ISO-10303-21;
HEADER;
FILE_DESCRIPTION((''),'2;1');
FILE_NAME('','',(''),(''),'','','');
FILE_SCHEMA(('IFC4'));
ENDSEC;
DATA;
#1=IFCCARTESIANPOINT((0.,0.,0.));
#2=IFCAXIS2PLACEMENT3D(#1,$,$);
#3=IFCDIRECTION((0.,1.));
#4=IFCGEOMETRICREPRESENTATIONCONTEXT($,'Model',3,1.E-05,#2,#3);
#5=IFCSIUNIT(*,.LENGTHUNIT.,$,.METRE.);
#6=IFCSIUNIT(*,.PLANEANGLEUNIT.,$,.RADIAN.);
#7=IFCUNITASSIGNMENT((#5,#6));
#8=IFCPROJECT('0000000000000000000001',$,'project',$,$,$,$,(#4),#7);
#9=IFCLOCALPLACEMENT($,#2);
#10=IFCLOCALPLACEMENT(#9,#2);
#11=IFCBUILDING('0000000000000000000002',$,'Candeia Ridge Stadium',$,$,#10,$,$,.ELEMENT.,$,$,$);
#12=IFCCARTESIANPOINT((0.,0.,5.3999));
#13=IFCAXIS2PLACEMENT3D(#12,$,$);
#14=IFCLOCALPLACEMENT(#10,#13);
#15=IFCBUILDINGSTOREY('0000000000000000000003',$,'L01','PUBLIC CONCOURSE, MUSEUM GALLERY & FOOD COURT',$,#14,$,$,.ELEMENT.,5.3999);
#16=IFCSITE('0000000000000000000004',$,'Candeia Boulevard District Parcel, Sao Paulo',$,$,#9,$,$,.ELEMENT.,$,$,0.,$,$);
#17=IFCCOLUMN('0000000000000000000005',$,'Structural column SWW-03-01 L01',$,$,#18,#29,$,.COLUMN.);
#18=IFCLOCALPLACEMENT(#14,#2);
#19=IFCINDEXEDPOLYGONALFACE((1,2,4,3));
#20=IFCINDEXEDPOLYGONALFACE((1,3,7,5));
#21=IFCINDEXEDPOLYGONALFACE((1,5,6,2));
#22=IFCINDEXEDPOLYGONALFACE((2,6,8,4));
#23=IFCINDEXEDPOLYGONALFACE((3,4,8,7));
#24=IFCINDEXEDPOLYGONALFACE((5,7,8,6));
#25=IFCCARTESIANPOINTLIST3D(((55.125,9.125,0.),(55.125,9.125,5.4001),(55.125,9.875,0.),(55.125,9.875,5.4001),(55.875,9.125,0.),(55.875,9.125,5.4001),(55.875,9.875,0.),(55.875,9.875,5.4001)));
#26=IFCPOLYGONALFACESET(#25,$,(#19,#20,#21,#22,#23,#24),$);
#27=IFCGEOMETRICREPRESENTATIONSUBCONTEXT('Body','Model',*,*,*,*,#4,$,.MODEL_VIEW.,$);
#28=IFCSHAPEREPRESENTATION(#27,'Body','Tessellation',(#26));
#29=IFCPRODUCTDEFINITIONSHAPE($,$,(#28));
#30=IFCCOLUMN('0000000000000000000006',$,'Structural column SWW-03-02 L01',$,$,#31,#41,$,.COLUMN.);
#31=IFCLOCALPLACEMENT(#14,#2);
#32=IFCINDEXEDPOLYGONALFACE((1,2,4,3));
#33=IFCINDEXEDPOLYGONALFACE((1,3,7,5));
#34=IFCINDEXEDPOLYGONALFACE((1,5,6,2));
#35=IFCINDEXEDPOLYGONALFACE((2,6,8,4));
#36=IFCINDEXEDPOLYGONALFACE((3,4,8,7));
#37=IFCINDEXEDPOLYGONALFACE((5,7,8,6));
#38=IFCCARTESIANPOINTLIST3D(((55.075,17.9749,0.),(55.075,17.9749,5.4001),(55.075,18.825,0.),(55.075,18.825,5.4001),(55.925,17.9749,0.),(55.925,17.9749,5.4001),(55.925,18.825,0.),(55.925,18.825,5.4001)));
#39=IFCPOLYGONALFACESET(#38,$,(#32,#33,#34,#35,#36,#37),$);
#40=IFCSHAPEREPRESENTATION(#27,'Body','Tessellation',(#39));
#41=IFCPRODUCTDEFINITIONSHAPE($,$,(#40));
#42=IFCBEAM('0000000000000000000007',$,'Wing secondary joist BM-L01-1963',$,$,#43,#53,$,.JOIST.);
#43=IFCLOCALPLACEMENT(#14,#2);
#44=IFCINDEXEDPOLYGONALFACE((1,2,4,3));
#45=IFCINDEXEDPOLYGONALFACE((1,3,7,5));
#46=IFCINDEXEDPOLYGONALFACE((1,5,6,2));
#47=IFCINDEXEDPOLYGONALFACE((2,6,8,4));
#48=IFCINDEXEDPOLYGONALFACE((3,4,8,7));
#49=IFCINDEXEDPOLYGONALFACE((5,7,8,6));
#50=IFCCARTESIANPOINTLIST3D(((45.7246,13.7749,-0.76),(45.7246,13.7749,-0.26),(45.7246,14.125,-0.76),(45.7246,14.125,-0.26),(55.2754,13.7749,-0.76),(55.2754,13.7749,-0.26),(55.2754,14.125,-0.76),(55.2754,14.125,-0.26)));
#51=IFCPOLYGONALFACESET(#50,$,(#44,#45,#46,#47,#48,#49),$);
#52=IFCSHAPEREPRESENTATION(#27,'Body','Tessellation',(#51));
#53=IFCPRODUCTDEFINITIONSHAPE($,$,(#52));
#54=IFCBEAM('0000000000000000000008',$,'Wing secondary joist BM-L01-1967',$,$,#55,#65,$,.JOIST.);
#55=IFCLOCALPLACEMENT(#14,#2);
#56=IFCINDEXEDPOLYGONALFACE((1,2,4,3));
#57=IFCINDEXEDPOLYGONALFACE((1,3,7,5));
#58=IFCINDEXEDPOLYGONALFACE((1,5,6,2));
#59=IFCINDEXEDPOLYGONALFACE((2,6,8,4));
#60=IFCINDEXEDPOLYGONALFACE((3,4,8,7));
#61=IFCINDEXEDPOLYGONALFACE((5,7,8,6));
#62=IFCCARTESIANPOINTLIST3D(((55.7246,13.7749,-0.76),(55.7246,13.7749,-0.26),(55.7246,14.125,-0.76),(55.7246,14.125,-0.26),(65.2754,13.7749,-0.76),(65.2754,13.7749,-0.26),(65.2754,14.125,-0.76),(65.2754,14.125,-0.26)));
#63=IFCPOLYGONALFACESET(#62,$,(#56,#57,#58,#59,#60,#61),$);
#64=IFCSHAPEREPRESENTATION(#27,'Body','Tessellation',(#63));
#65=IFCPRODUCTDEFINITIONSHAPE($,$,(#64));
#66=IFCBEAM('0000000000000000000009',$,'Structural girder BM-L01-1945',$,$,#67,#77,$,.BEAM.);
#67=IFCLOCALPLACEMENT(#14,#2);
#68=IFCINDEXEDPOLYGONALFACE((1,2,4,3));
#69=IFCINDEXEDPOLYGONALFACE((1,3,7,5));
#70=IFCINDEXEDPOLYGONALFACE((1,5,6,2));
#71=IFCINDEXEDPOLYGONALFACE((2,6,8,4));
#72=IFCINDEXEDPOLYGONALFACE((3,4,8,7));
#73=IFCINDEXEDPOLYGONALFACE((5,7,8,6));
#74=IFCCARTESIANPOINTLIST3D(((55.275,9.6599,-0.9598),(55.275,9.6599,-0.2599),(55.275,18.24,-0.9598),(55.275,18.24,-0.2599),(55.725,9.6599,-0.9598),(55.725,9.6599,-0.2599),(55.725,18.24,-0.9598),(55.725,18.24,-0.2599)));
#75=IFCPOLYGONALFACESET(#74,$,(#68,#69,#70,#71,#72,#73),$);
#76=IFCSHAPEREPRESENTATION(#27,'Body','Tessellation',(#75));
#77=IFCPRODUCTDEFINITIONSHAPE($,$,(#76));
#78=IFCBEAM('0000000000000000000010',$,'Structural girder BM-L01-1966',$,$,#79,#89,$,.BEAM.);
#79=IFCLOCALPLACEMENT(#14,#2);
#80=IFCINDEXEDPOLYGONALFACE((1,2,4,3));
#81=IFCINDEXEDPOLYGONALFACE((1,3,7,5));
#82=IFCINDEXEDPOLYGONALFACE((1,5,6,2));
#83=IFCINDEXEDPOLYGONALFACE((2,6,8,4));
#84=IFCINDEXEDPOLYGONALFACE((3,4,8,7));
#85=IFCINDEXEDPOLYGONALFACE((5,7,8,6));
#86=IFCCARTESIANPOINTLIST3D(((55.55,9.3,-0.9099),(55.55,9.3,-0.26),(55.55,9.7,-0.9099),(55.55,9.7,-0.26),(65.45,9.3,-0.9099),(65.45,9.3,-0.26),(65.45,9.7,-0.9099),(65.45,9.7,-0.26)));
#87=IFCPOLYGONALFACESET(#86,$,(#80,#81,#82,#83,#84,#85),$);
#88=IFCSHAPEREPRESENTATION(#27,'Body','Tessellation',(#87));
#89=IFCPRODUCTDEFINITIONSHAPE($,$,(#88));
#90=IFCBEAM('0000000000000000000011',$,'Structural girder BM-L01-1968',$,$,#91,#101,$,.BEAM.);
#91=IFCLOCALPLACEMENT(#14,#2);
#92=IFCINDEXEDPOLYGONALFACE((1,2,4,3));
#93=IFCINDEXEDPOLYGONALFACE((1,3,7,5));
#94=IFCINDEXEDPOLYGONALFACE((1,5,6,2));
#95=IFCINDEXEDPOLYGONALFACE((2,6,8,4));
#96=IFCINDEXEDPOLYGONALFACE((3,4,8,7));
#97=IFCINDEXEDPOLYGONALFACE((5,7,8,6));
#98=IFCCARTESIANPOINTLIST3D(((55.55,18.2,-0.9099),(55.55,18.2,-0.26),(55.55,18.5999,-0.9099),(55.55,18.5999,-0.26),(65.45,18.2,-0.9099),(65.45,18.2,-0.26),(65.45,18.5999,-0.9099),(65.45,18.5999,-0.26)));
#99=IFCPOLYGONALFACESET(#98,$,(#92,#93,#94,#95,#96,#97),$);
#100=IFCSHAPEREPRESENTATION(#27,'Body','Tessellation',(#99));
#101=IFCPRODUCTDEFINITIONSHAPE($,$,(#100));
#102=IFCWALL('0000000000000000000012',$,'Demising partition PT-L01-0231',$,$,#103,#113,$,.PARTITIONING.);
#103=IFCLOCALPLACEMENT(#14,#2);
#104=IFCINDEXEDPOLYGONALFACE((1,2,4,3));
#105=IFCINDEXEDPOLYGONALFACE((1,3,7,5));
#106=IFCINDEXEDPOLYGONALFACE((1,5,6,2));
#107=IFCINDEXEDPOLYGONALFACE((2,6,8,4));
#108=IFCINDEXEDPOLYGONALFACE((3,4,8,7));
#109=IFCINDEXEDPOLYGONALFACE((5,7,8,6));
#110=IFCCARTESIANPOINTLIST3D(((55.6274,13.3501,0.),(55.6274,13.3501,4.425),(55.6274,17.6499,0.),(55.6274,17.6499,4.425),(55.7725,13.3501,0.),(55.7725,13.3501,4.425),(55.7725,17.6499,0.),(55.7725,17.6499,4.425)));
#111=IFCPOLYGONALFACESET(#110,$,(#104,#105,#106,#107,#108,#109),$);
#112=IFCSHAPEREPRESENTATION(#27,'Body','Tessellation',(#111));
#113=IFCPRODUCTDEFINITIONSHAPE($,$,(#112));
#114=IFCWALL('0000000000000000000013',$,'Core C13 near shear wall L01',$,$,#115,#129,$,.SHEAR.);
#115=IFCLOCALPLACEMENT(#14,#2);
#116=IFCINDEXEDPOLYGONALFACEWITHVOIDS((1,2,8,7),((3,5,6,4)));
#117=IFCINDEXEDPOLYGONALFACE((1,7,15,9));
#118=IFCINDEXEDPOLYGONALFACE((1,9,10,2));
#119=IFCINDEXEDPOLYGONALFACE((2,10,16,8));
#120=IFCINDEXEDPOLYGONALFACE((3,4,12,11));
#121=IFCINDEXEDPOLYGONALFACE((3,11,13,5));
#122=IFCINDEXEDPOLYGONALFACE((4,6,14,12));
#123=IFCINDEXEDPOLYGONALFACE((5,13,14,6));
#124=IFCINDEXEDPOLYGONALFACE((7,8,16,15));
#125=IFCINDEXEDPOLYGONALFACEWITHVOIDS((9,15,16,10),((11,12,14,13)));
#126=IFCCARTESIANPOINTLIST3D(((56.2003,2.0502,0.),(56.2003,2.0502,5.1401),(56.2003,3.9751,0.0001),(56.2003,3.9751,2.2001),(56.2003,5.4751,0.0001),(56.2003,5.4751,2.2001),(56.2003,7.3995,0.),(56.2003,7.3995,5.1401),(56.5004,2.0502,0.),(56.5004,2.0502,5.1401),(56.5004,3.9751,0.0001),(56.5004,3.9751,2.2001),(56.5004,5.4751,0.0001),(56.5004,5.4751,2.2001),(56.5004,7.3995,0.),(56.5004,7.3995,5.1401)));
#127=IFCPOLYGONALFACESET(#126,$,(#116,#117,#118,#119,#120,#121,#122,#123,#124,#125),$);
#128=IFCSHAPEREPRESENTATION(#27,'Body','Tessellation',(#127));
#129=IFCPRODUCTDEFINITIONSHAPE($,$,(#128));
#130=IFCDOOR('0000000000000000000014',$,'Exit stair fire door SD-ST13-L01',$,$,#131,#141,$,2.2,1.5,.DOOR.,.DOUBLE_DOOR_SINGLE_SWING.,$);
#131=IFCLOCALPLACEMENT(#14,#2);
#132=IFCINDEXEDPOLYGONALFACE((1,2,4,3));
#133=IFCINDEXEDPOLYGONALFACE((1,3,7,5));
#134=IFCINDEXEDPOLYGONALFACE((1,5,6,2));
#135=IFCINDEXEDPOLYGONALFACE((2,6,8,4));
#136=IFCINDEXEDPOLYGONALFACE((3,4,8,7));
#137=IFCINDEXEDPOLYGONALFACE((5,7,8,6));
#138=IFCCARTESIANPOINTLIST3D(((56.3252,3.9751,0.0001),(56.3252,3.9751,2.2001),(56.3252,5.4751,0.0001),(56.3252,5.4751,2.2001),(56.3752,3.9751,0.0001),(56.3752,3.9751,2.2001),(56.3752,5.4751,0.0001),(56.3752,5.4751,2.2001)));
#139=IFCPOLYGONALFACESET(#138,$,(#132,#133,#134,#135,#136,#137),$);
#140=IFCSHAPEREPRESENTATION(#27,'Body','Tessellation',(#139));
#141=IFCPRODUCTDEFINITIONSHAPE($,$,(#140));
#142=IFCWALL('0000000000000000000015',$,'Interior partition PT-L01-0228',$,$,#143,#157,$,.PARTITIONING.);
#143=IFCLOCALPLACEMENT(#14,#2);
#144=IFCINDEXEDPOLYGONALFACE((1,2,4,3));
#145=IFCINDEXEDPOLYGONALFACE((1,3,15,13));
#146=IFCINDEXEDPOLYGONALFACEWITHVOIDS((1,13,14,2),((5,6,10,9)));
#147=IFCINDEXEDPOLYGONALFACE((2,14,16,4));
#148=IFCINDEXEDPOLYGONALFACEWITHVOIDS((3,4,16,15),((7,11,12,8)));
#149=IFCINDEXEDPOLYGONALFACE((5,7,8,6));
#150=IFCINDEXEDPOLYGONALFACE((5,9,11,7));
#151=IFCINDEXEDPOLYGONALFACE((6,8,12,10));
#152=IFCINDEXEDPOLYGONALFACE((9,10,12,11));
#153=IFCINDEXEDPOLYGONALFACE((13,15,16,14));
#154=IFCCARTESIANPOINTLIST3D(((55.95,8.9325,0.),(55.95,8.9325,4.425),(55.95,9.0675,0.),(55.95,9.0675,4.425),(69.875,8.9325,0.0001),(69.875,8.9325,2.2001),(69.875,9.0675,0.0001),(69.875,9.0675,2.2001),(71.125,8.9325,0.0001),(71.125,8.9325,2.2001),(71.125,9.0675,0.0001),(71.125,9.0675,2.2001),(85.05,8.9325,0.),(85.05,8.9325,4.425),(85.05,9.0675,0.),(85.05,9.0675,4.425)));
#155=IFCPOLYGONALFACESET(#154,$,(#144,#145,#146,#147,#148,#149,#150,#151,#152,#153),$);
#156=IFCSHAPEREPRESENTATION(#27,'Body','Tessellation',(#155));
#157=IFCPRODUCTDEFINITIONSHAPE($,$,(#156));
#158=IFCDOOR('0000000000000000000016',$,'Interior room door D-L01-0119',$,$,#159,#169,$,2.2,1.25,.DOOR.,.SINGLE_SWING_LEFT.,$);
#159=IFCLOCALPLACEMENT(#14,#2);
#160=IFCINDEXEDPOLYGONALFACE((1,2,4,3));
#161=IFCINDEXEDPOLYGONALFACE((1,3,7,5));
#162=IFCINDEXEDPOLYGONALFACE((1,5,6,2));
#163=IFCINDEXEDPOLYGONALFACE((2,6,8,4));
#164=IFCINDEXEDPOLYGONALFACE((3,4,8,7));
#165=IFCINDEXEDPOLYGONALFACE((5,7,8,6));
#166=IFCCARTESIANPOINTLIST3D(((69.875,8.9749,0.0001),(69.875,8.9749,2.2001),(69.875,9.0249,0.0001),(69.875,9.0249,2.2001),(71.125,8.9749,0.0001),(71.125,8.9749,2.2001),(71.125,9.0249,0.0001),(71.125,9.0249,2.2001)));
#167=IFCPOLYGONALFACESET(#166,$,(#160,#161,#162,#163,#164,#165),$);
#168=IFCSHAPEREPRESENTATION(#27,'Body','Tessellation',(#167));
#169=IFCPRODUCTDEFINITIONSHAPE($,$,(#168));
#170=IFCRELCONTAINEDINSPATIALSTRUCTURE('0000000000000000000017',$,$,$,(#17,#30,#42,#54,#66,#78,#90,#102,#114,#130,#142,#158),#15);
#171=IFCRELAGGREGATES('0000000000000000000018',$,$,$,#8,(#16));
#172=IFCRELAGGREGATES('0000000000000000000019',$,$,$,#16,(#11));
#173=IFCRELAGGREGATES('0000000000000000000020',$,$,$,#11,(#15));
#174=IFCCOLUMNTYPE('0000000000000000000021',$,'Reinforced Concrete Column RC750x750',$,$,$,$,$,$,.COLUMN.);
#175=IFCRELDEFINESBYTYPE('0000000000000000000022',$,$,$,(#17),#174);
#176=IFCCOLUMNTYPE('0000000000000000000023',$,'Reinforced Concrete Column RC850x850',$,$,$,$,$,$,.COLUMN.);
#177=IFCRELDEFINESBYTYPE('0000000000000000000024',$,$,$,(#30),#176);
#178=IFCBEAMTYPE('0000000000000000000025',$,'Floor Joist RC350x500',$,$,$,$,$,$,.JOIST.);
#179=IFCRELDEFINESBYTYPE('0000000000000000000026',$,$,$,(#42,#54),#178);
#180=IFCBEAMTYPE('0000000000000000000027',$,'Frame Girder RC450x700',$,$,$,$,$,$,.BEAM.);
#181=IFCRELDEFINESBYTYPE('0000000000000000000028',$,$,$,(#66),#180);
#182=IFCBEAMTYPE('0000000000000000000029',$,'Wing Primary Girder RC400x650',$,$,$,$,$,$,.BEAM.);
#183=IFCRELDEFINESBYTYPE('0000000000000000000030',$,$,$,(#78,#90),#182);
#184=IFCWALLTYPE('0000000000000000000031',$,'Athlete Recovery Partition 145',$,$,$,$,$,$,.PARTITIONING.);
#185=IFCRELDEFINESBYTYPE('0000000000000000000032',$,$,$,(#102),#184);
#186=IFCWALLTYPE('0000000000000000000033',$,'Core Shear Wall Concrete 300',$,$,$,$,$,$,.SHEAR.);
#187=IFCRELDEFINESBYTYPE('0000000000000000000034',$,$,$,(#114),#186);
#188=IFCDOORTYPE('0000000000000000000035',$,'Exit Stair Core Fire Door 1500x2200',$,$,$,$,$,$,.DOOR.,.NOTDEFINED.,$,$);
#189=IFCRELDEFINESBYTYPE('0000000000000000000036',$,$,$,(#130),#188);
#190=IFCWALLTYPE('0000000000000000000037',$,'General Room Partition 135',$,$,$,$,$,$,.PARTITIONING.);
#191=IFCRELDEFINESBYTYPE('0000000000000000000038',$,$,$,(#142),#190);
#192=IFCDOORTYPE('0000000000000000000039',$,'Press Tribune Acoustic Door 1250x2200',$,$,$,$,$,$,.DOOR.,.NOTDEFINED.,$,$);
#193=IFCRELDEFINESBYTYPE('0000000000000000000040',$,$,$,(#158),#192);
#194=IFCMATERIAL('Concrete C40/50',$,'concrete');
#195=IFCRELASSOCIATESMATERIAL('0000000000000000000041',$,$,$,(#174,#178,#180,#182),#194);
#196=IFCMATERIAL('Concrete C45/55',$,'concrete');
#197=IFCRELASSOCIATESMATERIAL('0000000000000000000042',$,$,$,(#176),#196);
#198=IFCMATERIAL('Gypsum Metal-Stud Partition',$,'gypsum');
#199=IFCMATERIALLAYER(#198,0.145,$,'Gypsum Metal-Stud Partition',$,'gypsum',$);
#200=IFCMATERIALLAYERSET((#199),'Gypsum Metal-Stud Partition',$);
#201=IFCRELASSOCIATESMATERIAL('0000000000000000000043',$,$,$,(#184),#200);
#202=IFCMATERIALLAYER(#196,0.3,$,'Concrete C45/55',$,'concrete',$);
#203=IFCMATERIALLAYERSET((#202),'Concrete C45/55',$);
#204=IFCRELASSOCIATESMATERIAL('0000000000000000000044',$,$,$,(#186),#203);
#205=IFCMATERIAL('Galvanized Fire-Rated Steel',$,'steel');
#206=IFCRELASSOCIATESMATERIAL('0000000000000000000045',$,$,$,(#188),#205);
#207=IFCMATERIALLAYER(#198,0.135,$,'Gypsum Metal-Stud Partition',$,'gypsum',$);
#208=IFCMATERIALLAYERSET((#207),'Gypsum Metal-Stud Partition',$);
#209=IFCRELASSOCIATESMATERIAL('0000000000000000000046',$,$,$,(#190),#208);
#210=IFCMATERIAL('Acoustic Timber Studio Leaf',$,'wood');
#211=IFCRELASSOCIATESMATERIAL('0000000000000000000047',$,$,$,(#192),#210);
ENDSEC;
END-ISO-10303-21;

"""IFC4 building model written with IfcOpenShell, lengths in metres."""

from ifc_helpers import new_model, si_unit, direction, frame, frame_2d, origin, origin_2d, place, context, subcontext, project, spatial, rectangle, extrude, material, layer, layer_set, material_profile, profile_set, type_object, element, fill, save


model = new_model("IFC4")

# Units and contexts
model_context = context("Model", 3, precision=1e-05, world=origin(), true_north=direction((0.0, 1.0)))
body_context = subcontext(model_context, "Body", "Model", "MODEL_VIEW")
ifc_project = project(units=[si_unit("LENGTHUNIT", "METRE"), si_unit("PLANEANGLEUNIT", "RADIAN")], contexts=[model_context])

# Site, building, storey
site_placement = place(None, origin())
site = spatial("IfcSite", under=ifc_project, at=site_placement, Name="Candeia Boulevard District Parcel, Sao Paulo", CompositionType="ELEMENT", RefElevation=0.0)
building_placement = place(site_placement, origin())
building = spatial("IfcBuilding", under=site, at=building_placement, Name="Candeia Ridge Stadium", CompositionType="ELEMENT")
storey_placement = place(building_placement, frame((0.0, 0.0, 5.3999)))
storey = spatial("IfcBuildingStorey", under=building, at=storey_placement, Name="L01", Description="PUBLIC CONCOURSE, MUSEUM GALLERY & FOOD COURT", CompositionType="ELEMENT", Elevation=5.3999)

# Columns
ifc_material_1 = material(Name="Concrete C40/50", Category="concrete")
ifc_material_profile_1 = material_profile(ifc_material_1, rectangle(XDim=0.75, YDim=0.75, at=origin_2d()), Name="RC750x750", Category="concrete")
ifc_profile_set_1 = profile_set([ifc_material_profile_1], Name="Concrete C40/50")
column_type_1 = type_object("IfcColumnType", Name="Reinforced Concrete Column RC750x750", PredefinedType="COLUMN", material=ifc_profile_set_1)
column_1_placement = place(storey_placement, frame((55.5, 9.5, 0.0), z_axis=(0.0, 0.0, 1.0), x_axis=(1.0, 0.0, 0.0)))
element("IfcColumn", 1, at=column_1_placement, inside=storey, type_object=column_type_1, Name="Structural column SWW-03-01 L01", PredefinedType="COLUMN", context=body_context, shape_type="SweptSolid", body=[
    extrude(rectangle(XDim=0.75, YDim=0.75, at=origin_2d()), origin(), (0.0, 0.0, 1.0), 5.4001),
])
ifc_material_2 = material(Name="Concrete C45/55", Category="concrete")
ifc_material_profile_2 = material_profile(ifc_material_2, rectangle(XDim=0.8501, YDim=0.8501, at=origin_2d()), Name="RC850x850", Category="concrete")
ifc_profile_set_2 = profile_set([ifc_material_profile_2], Name="Concrete C45/55")
column_type_2 = type_object("IfcColumnType", Name="Reinforced Concrete Column RC850x850", PredefinedType="COLUMN", material=ifc_profile_set_2)
column_2_placement = place(storey_placement, frame((55.5, 18.3999, 0.0), z_axis=(0.0, 0.0, 1.0), x_axis=(1.0, 0.0, 0.0)))
element("IfcColumn", 2, at=column_2_placement, inside=storey, type_object=column_type_2, Name="Structural column SWW-03-02 L01", PredefinedType="COLUMN", context=body_context, shape_type="SweptSolid", body=[
    extrude(rectangle(XDim=0.8501, YDim=0.8501, at=origin_2d()), origin(), (0.0, 0.0, 1.0), 5.4001),
])

# Beams
ifc_material_profile_3 = material_profile(ifc_material_1, rectangle(XDim=0.3501, YDim=0.5, at=origin_2d()), Name="RC350x500", Category="concrete")
ifc_profile_set_3 = profile_set([ifc_material_profile_3], Name="Concrete C40/50")
beam_type_1 = type_object("IfcBeamType", Name="Floor Joist RC350x500", PredefinedType="JOIST", material=ifc_profile_set_3)
for number, where, z_axis, x_axis, name in (
    (3, (45.7246, 13.95, -0.51), (1.0, 0.0, 0.0), (0.0, 1.0, 0.0), "Wing secondary joist BM-L01-1963"),
    (4, (55.7246, 13.95, -0.51), (1.0, 0.0, 0.0), (0.0, 1.0, 0.0), "Wing secondary joist BM-L01-1967"),
):
    element("IfcBeam", number, at=place(storey_placement, frame(where, z_axis=z_axis, x_axis=x_axis)), inside=storey, type_object=beam_type_1, Name=name, PredefinedType="JOIST", context=body_context, shape_type="SweptSolid", body=[
        extrude(rectangle(XDim=0.3501, YDim=0.5, at=origin_2d()), origin(), (0.0, 0.0, 1.0), 9.5508),
    ])
ifc_material_profile_4 = material_profile(ifc_material_1, rectangle(XDim=0.45, YDim=0.7, at=origin_2d()), Name="RC450x700", Category="concrete")
ifc_profile_set_4 = profile_set([ifc_material_profile_4], Name="Concrete C40/50")
beam_type_2 = type_object("IfcBeamType", Name="Frame Girder RC450x700", PredefinedType="BEAM", material=ifc_profile_set_4)
beam_placement = place(storey_placement, frame((55.5, 9.6599, -0.6099), z_axis=(0.0, 1.0, 0.0), x_axis=(-1.0, 0.0, 0.0)))
element("IfcBeam", 5, at=beam_placement, inside=storey, type_object=beam_type_2, Name="Structural girder BM-L01-1945", PredefinedType="BEAM", context=body_context, shape_type="SweptSolid", body=[
    extrude(rectangle(XDim=0.45, YDim=0.7, at=origin_2d()), origin(), (0.0, 0.0, 1.0), 8.5801),
])
ifc_material_profile_5 = material_profile(ifc_material_1, rectangle(XDim=0.3999, YDim=0.6499, at=origin_2d()), Name="RC400x650", Category="concrete")
ifc_profile_set_5 = profile_set([ifc_material_profile_5], Name="Concrete C40/50")
beam_type_3 = type_object("IfcBeamType", Name="Wing Primary Girder RC400x650", PredefinedType="BEAM", material=ifc_profile_set_5)
for number, where, z_axis, x_axis, name in (
    (6, (55.55, 9.5, -0.585), (1.0, 0.0, 0.0), (0.0, 1.0, 0.0), "Structural girder BM-L01-1966"),
    (7, (55.55, 18.3999, -0.585), (1.0, 0.0, 0.0), (0.0, 1.0, 0.0), "Structural girder BM-L01-1968"),
):
    element("IfcBeam", number, at=place(storey_placement, frame(where, z_axis=z_axis, x_axis=x_axis)), inside=storey, type_object=beam_type_3, Name=name, PredefinedType="BEAM", context=body_context, shape_type="SweptSolid", body=[
        extrude(rectangle(XDim=0.3999, YDim=0.6499, at=origin_2d()), origin(), (0.0, 0.0, 1.0), 9.8999),
    ])

# Wall
ifc_material_3 = material(Name="Gypsum Metal-Stud Partition", Category="gypsum")
ifc_layer_1 = layer(ifc_material_3, 0.145, Name="Gypsum Metal-Stud Partition", Category="gypsum")
ifc_layer_set_1 = layer_set([ifc_layer_1], Name="Gypsum Metal-Stud Partition")
wall_type_1 = type_object("IfcWallType", Name="Athlete Recovery Partition 145", PredefinedType="PARTITIONING", material=ifc_layer_set_1)
wall_1_placement = place(storey_placement, frame((55.7, 13.3501, 0.0), z_axis=(0.0, 0.0, 1.0), x_axis=(0.0, 1.0, 0.0)))
element("IfcWall", 8, at=wall_1_placement, inside=storey, type_object=wall_type_1, Name="Demising partition PT-L01-0231", PredefinedType="PARTITIONING", context=body_context, shape_type="SweptSolid", body=[
    extrude(rectangle(XDim=4.2998, YDim=0.145, at=frame_2d((2.1499, 0.0))), origin(), (0.0, 0.0, 1.0), 4.425),
])

# Walls, openings, doors
ifc_layer_2 = layer(ifc_material_2, 0.3, Name="Concrete C45/55", Category="concrete")
ifc_layer_set_2 = layer_set([ifc_layer_2], Name="Concrete C45/55")
wall_type_2 = type_object("IfcWallType", Name="Core Shear Wall Concrete 300", PredefinedType="SHEAR", material=ifc_layer_set_2)
wall_2_placement = place(storey_placement, frame((56.3503, 7.3997, 0.0), z_axis=(0.0, 0.0, 1.0), x_axis=(0.0, -1.0, 0.0)))
wall_2 = element("IfcWall", 9, at=wall_2_placement, inside=storey, type_object=wall_type_2, Name="Core C13 near shear wall L01", PredefinedType="SHEAR", context=body_context, shape_type="SweptSolid", body=[
    extrude(rectangle(XDim=5.3494, YDim=0.3, at=frame_2d((2.6748, 0.0))), origin(), (0.0, 0.0, 1.0), 5.1401),
])
opening_1_placement = place(wall_2_placement, frame((1.9246, 0.0, 0.0)))
opening_1 = element("IfcOpeningElement", 10, at=opening_1_placement, cuts=wall_2, PredefinedType="OPENING", context=body_context, shape_type="SweptSolid", body=[
    extrude(rectangle(XDim=1.5, YDim=2.2, at=frame_2d((0.75, 1.1001))), frame((0.0, 0.1599, 0.0), z_axis=(0.0, -1.0, 0.0), x_axis=(1.0, 0.0, 0.0)), (0.0, 0.0, 1.0), 0.3201),
])
ifc_material_4 = material(Name="Galvanized Fire-Rated Steel", Category="steel")
door_type_1 = type_object("IfcDoorType", Name="Exit Stair Core Fire Door 1500x2200", OperationType="NOTDEFINED", PredefinedType="DOOR", material=ifc_material_4)
door_1_placement = place(opening_1_placement, origin())
door_1 = element("IfcDoor", 11, at=door_1_placement, inside=storey, type_object=door_type_1, Name="Exit stair fire door SD-ST13-L01", OperationType="DOUBLE_DOOR_SINGLE_SWING", OverallHeight=2.2, OverallWidth=1.5, PredefinedType="DOOR", context=body_context, shape_type="SweptSolid", body=[
    extrude(rectangle(XDim=1.5, YDim=2.2, at=frame_2d((0.75, 1.1001))), frame((0.0, 0.0249, 0.0), z_axis=(0.0, -1.0, 0.0), x_axis=(1.0, 0.0, 0.0)), (0.0, 0.0, 1.0), 0.05),
])
fill(opening_1, door_1)
ifc_layer_3 = layer(ifc_material_3, 0.135, Name="Gypsum Metal-Stud Partition", Category="gypsum")
ifc_layer_set_3 = layer_set([ifc_layer_3], Name="Gypsum Metal-Stud Partition")
wall_type_3 = type_object("IfcWallType", Name="General Room Partition 135", PredefinedType="PARTITIONING", material=ifc_layer_set_3)
wall_3_placement = place(storey_placement, frame((55.95, 9.0, 0.0), z_axis=(0.0, 0.0, 1.0), x_axis=(1.0, 0.0, 0.0)))
wall_3 = element("IfcWall", 12, at=wall_3_placement, inside=storey, type_object=wall_type_3, Name="Interior partition PT-L01-0228", PredefinedType="PARTITIONING", context=body_context, shape_type="SweptSolid", body=[
    extrude(rectangle(XDim=29.1001, YDim=0.135, at=frame_2d((14.55, 0.0))), origin(), (0.0, 0.0, 1.0), 4.425),
])
opening_2_placement = place(wall_3_placement, frame((13.925, 0.0, 0.0)))
opening_2 = element("IfcOpeningElement", 13, at=opening_2_placement, cuts=wall_3, PredefinedType="OPENING", context=body_context, shape_type="SweptSolid", body=[
    extrude(rectangle(XDim=1.25, YDim=2.2, at=frame_2d((0.625, 1.1001))), frame((0.0, 0.0774, 0.0), z_axis=(0.0, -1.0, 0.0), x_axis=(1.0, 0.0, 0.0)), (0.0, 0.0, 1.0), 0.155),
])
ifc_material_5 = material(Name="Acoustic Timber Studio Leaf", Category="wood")
door_type_2 = type_object("IfcDoorType", Name="Press Tribune Acoustic Door 1250x2200", OperationType="NOTDEFINED", PredefinedType="DOOR", material=ifc_material_5)
door_2_placement = place(opening_2_placement, origin())
door_2 = element("IfcDoor", 14, at=door_2_placement, inside=storey, type_object=door_type_2, Name="Interior room door D-L01-0119", OperationType="SINGLE_SWING_LEFT", OverallHeight=2.2, OverallWidth=1.25, PredefinedType="DOOR", context=body_context, shape_type="SweptSolid", body=[
    extrude(rectangle(XDim=1.25, YDim=2.2, at=frame_2d((0.625, 1.1001))), frame((0.0, 0.0249, 0.0), z_axis=(0.0, -1.0, 0.0), x_axis=(1.0, 0.0, 0.0)), (0.0, 0.0, 1.0), 0.05),
])
fill(opening_2, door_2)

save(model, "model.ifc")
